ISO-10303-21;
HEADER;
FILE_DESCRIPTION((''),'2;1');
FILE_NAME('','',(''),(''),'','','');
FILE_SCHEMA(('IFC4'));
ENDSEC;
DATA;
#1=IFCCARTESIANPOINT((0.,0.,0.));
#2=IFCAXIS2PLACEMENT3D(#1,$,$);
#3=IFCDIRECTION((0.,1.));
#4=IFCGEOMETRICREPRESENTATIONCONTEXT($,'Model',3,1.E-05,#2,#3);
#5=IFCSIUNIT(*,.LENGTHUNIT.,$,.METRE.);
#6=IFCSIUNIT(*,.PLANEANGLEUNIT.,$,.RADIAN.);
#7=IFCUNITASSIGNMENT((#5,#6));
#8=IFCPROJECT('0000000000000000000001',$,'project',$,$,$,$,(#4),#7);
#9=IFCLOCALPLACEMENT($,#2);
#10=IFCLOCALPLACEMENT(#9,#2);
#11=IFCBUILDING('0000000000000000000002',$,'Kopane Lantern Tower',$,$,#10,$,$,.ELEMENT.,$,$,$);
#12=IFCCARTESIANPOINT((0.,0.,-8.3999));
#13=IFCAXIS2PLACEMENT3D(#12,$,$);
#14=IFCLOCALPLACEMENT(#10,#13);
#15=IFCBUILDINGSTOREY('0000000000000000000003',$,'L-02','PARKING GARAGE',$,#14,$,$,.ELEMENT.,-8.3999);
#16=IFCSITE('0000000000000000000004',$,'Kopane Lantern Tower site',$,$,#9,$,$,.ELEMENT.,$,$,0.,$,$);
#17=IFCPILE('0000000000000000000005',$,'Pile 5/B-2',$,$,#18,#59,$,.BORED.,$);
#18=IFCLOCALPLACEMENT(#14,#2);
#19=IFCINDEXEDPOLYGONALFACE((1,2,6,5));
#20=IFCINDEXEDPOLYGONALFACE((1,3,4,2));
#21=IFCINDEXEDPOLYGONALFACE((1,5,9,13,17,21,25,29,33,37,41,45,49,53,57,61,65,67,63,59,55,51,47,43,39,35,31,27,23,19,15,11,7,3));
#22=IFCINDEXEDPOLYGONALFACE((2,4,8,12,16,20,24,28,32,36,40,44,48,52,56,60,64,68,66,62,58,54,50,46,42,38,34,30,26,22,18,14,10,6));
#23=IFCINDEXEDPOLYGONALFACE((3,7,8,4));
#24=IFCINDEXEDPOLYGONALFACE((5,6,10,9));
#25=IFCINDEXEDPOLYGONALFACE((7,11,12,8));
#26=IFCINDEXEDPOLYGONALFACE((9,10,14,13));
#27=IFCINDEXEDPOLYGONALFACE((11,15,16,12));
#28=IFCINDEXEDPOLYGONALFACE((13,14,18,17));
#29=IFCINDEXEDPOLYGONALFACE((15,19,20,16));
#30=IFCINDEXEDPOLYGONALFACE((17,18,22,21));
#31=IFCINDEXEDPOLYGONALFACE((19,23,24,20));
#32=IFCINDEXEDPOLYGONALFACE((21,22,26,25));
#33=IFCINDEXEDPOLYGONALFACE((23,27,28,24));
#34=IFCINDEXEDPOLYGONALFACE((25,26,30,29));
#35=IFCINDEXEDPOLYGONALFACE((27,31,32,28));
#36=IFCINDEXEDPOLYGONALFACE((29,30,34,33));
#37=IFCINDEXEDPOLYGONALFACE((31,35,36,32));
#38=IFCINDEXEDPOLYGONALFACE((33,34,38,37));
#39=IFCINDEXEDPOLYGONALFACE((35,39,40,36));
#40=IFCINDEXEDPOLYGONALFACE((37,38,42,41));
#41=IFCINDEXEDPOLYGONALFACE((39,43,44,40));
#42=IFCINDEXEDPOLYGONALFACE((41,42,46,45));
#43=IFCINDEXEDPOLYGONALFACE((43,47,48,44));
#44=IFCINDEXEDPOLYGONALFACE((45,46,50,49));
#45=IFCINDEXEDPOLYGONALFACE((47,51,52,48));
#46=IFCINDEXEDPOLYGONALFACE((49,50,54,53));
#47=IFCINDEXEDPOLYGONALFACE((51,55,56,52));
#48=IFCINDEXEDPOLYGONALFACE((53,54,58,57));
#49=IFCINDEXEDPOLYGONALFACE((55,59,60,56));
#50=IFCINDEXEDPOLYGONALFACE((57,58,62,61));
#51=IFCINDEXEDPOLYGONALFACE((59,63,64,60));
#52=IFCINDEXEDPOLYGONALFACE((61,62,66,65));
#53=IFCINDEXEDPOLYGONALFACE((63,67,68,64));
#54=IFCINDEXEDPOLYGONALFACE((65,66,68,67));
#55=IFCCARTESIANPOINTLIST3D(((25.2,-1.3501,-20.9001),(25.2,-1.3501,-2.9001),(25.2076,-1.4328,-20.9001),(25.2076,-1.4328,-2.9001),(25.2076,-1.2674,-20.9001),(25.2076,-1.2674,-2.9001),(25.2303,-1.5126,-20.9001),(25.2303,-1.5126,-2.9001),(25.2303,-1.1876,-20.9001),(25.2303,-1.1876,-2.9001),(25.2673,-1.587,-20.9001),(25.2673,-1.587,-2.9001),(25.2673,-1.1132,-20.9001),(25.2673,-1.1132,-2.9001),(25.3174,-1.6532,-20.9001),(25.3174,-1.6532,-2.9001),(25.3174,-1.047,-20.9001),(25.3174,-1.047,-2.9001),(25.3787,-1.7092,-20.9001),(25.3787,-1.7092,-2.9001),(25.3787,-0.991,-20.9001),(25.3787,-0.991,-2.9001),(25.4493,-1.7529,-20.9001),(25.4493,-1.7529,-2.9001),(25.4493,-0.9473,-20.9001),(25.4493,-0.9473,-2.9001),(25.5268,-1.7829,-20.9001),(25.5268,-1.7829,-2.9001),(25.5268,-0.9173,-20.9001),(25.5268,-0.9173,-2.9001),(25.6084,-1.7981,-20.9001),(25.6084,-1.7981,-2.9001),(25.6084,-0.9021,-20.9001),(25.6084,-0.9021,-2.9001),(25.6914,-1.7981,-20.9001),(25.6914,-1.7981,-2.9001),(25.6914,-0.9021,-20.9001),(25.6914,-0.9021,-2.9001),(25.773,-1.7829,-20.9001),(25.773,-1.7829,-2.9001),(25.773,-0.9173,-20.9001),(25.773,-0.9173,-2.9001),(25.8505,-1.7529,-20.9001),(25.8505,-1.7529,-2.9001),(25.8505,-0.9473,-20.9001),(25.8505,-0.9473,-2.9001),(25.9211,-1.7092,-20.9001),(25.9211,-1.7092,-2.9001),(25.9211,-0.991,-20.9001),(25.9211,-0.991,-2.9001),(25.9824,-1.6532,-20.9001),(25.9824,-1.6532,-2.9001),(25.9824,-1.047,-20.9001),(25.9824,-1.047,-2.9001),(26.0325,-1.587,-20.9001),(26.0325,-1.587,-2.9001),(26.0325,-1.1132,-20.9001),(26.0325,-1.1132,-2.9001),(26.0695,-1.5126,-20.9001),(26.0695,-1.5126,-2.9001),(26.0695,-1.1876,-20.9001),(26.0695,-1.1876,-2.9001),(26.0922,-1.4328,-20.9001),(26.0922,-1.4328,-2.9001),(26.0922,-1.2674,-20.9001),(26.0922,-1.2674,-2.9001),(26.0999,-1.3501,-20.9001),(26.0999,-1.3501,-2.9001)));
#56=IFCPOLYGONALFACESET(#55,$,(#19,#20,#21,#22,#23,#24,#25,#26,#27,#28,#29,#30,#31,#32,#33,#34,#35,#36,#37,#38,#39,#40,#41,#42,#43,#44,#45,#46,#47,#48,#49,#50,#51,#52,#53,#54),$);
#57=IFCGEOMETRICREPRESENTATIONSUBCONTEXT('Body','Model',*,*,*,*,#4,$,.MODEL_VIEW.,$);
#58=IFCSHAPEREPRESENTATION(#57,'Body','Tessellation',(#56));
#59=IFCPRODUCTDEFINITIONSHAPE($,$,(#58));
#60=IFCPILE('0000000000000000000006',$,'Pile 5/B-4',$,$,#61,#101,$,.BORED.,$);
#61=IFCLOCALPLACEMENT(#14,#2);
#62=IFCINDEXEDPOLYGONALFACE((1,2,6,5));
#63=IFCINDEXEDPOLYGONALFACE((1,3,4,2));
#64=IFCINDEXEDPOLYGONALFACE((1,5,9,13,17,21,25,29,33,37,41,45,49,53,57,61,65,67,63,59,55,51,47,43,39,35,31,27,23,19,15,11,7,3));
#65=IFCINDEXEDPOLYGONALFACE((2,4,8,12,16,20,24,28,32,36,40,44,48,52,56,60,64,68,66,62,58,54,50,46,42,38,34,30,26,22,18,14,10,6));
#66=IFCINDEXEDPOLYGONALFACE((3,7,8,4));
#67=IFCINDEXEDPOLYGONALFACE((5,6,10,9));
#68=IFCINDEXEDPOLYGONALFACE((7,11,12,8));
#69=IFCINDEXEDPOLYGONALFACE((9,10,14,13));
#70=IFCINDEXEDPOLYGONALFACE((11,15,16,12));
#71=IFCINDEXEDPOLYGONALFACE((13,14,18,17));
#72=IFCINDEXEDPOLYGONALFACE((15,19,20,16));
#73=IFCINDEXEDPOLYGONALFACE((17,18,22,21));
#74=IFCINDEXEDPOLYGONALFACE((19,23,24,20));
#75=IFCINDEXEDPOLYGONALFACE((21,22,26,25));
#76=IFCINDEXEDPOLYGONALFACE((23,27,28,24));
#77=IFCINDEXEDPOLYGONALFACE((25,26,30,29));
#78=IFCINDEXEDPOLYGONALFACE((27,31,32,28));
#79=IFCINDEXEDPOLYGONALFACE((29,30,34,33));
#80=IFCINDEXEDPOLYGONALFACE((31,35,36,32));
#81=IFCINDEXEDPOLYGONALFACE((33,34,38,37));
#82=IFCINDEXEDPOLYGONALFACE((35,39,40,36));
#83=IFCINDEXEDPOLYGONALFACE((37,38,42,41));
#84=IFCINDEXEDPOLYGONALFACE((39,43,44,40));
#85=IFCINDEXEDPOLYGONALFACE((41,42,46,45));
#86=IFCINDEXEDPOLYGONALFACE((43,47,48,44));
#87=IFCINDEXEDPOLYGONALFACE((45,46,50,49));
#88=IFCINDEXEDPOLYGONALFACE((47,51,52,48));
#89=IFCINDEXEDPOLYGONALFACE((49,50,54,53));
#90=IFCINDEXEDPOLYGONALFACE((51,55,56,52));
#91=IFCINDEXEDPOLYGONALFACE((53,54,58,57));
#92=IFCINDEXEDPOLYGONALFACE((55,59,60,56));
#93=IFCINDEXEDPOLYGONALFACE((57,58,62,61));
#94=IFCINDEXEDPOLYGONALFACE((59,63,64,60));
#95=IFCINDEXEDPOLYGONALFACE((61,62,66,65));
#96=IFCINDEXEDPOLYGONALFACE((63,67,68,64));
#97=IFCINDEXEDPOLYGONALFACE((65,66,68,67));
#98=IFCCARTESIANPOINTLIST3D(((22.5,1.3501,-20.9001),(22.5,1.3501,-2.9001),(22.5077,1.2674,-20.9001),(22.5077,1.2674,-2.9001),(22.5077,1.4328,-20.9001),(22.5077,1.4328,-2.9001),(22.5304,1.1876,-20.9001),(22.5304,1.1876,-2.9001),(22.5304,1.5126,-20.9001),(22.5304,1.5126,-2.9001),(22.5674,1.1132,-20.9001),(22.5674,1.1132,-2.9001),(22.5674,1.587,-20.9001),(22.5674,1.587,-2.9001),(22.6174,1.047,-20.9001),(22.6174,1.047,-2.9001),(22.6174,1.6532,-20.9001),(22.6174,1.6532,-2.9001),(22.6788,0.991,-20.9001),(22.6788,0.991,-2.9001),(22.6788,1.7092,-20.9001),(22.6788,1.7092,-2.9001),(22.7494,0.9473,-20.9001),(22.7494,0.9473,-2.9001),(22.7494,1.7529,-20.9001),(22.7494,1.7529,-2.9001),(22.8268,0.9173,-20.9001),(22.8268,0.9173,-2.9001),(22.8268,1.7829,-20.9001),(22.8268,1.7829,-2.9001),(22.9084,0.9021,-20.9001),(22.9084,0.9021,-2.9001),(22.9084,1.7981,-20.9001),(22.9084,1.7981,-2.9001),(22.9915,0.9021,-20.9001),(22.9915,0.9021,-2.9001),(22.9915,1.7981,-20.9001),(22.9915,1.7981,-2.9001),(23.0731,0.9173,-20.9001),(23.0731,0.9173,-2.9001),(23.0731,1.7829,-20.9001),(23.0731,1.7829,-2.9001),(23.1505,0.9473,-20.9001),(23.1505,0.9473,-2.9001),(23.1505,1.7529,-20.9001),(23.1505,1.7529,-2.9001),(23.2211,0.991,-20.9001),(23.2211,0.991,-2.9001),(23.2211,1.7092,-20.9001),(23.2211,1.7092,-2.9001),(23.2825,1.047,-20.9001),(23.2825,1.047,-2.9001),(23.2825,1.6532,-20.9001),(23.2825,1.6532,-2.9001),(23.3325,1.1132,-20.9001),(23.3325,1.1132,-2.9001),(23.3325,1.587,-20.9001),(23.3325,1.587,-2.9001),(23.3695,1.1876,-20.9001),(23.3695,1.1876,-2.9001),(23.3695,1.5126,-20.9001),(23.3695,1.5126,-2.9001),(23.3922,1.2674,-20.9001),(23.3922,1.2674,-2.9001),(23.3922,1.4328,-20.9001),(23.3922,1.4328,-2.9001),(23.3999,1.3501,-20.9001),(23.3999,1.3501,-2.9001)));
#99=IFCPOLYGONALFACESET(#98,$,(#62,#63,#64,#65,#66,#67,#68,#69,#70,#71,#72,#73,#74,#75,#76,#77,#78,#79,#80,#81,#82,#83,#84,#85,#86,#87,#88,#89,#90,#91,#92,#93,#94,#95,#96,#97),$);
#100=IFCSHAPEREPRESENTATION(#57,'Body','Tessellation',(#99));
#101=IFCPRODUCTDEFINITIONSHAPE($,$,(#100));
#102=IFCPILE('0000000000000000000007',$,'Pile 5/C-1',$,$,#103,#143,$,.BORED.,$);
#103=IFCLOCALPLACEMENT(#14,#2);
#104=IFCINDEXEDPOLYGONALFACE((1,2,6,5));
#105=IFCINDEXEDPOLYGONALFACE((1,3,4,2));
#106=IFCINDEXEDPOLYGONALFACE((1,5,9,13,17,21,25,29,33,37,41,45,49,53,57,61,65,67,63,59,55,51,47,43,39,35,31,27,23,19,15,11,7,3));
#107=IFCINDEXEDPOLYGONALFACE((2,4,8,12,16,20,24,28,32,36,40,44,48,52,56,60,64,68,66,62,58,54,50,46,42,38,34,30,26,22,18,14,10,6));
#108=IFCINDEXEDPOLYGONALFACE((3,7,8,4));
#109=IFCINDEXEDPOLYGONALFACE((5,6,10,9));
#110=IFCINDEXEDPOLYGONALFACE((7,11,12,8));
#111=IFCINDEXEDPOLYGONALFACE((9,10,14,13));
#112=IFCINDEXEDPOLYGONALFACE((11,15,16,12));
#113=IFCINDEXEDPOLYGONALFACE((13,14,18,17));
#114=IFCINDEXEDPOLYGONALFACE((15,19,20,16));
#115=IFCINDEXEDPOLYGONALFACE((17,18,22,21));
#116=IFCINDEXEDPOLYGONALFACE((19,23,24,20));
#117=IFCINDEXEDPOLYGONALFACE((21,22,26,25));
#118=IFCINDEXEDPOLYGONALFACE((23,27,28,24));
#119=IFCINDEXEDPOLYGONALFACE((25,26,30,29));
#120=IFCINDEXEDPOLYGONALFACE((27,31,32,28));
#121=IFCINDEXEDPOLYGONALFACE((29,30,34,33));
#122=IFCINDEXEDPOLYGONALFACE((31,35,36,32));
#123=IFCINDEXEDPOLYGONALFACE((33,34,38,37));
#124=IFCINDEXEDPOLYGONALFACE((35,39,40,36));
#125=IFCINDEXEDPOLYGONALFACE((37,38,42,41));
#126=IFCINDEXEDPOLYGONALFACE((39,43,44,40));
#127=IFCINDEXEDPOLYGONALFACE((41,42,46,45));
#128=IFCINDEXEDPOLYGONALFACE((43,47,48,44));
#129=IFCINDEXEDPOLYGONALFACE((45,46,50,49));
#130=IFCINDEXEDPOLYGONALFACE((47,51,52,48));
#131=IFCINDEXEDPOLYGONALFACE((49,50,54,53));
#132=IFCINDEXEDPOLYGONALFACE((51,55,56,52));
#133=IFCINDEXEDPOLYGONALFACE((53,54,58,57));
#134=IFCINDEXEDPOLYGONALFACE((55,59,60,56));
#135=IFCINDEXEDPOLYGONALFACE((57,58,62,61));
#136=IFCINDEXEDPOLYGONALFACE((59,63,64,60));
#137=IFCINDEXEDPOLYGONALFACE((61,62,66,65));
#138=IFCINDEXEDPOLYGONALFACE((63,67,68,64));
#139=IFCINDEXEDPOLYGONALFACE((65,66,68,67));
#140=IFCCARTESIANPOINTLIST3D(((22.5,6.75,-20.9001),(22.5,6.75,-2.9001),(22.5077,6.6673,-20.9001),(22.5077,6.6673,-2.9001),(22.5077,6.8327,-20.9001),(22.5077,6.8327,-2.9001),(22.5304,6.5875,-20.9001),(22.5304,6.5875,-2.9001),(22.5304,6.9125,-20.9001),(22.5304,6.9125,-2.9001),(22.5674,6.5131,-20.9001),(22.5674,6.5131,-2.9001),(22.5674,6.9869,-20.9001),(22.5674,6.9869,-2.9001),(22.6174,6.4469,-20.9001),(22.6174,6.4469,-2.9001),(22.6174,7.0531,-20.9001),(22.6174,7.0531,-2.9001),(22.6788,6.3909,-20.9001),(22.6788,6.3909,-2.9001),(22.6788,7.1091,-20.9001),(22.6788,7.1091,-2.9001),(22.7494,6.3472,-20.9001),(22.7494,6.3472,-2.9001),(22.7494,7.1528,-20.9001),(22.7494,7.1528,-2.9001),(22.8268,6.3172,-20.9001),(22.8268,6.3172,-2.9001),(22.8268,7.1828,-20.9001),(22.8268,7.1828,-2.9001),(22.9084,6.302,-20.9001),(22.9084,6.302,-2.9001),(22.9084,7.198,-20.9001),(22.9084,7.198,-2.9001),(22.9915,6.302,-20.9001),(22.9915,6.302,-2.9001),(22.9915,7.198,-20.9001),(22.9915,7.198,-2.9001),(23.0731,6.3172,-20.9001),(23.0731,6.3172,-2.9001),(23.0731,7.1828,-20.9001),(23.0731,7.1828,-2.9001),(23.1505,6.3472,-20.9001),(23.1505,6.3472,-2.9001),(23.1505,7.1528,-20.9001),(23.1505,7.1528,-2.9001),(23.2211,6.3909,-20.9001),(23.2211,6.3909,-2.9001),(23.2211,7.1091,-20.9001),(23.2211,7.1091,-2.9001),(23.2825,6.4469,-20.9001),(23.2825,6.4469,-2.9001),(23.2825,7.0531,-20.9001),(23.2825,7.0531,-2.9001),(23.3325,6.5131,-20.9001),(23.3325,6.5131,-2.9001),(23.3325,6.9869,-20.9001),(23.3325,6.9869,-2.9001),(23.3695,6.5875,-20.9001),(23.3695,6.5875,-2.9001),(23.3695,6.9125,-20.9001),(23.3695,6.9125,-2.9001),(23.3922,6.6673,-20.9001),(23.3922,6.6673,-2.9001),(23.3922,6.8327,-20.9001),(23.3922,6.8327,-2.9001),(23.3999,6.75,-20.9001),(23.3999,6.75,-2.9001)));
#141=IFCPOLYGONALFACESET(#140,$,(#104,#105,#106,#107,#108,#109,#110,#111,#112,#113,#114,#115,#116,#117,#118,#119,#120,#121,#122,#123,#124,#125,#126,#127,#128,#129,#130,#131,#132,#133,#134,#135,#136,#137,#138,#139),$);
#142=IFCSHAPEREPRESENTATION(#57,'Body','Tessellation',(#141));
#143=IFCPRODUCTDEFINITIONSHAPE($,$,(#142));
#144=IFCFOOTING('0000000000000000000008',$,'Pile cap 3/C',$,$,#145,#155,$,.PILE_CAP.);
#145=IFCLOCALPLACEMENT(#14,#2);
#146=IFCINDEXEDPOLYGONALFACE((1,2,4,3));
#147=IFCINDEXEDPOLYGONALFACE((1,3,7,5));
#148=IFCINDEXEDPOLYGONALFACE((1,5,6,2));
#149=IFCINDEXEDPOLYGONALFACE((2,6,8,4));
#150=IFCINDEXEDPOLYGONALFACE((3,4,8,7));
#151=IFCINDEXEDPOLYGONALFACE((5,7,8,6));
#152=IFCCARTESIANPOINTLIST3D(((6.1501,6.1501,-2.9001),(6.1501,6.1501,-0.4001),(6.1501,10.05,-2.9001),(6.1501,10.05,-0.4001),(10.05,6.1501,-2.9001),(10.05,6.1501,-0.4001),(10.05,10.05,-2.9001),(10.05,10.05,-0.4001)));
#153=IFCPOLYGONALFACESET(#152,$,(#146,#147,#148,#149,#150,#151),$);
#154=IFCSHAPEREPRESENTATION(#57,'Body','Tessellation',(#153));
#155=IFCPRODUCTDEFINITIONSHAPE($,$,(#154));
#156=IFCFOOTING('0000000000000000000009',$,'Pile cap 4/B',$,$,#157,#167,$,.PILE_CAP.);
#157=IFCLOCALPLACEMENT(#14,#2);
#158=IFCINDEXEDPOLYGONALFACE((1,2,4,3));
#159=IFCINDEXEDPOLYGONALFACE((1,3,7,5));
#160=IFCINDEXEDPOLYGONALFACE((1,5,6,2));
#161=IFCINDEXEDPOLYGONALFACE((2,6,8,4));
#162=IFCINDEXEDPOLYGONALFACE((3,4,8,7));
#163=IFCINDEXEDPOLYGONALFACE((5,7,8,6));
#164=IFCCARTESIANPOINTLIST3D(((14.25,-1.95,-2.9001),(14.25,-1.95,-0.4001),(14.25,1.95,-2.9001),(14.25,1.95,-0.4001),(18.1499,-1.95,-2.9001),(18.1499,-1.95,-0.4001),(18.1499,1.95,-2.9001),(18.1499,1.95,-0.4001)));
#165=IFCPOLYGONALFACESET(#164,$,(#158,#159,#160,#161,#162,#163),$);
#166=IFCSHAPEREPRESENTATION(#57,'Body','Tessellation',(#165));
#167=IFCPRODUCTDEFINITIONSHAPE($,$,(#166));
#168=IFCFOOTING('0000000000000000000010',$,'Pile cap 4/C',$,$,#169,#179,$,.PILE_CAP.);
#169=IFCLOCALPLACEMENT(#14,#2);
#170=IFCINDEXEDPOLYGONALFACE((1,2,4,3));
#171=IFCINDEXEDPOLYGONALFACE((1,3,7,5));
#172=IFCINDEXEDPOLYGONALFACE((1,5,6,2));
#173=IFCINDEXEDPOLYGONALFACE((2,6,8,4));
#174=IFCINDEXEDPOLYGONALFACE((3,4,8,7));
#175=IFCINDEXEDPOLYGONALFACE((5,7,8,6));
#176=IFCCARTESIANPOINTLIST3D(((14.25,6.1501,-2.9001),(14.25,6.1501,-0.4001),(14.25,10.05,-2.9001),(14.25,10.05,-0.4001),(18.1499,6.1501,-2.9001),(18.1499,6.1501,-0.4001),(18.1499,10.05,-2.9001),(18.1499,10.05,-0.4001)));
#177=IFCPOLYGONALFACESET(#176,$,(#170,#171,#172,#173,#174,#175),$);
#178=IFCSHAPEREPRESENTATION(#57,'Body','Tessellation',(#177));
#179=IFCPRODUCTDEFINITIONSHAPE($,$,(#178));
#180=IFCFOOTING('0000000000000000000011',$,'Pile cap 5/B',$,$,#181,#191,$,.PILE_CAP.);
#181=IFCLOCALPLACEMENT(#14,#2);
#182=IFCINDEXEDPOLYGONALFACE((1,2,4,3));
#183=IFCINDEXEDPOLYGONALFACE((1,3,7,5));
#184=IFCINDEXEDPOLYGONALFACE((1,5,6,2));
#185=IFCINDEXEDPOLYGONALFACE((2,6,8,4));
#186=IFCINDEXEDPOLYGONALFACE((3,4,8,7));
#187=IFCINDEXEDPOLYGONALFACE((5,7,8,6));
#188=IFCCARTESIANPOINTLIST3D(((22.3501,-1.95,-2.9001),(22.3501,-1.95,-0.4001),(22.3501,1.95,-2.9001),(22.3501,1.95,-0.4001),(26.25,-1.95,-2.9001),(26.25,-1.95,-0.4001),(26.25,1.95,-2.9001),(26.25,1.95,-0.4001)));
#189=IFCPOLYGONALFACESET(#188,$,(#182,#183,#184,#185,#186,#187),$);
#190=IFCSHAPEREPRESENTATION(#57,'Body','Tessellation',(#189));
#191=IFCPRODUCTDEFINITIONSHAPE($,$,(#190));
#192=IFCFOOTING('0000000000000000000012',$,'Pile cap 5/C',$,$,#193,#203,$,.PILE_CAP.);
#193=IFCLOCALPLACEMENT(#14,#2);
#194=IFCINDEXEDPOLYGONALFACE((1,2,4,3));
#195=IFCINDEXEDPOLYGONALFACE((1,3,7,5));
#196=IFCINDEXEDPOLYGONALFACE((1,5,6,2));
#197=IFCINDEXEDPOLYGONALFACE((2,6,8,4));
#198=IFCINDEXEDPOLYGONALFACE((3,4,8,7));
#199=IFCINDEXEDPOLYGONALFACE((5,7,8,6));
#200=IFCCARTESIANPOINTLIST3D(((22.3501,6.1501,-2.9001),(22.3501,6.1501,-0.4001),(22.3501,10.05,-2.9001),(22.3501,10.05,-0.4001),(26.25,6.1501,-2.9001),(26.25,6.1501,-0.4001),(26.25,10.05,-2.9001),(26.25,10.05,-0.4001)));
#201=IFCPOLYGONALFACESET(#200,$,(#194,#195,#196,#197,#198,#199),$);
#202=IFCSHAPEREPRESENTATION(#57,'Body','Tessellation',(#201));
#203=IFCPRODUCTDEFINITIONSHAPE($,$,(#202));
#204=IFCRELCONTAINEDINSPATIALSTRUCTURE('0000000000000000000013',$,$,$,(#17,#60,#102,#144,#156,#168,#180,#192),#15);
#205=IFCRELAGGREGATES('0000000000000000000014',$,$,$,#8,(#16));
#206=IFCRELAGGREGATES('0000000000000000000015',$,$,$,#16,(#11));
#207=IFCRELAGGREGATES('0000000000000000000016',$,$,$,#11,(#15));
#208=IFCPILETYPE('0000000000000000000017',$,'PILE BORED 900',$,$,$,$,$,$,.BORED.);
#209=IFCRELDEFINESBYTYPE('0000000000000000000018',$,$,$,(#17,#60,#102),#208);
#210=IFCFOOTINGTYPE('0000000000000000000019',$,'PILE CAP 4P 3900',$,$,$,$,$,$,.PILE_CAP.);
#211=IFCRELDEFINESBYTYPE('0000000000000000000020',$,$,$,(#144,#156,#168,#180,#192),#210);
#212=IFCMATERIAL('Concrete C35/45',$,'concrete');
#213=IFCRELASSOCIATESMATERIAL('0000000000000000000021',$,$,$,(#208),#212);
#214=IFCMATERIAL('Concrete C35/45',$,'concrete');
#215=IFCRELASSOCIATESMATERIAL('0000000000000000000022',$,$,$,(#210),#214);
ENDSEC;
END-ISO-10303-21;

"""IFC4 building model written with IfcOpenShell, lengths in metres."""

from ifc_helpers import new_model, si_unit, direction, frame, origin, origin_2d, place, context, subcontext, project, spatial, rectangle, circle, extrude, material, material_profile, profile_set, type_object, element, save


model = new_model("IFC4")

# Units and contexts
model_context = context("Model", 3, precision=1e-05, world=origin(), true_north=direction((0.0, 1.0)))
body_context = subcontext(model_context, "Body", "Model", "MODEL_VIEW")
ifc_project = project(units=[si_unit("LENGTHUNIT", "METRE"), si_unit("PLANEANGLEUNIT", "RADIAN")], contexts=[model_context])

# Site, building, storey
site_placement = place(None, origin())
site = spatial("IfcSite", under=ifc_project, at=site_placement, Name="Kopane Lantern Tower site", CompositionType="ELEMENT", RefElevation=0.0)
building_placement = place(site_placement, origin())
building = spatial("IfcBuilding", under=site, at=building_placement, Name="Kopane Lantern Tower", CompositionType="ELEMENT")
storey_placement = place(building_placement, frame((0.0, 0.0, -8.3999)))
storey = spatial("IfcBuildingStorey", under=building, at=storey_placement, Name="L-02", Description="PARKING GARAGE", CompositionType="ELEMENT", Elevation=-8.3999)

# Piles
ifc_material_1 = material(Name="Concrete C35/45", Category="concrete")
ifc_material_profile_1 = material_profile(ifc_material_1, circle(Radius=0.45, at=origin_2d()), Name="D900")
ifc_profile_set_1 = profile_set([ifc_material_profile_1], Name="Concrete C35/45")
pile_type = type_object("IfcPileType", Name="PILE BORED 900", PredefinedType="BORED", material=ifc_profile_set_1)
for number, where, z_axis, x_axis, name in (
    (1, (25.6499, -1.3501, -2.9001), (0.0, 0.0, -1.0), (1.0, 0.0, 0.0), "Pile 5/B-2"),
    (2, (22.95, 1.3501, -2.9001), (0.0, 0.0, -1.0), (1.0, 0.0, 0.0), "Pile 5/B-4"),
    (3, (22.95, 6.75, -2.9001), (0.0, 0.0, -1.0), (1.0, 0.0, 0.0), "Pile 5/C-1"),
):
    element("IfcPile", number, at=place(storey_placement, frame(where, z_axis=z_axis, x_axis=x_axis)), inside=storey, type_object=pile_type, Name=name, PredefinedType="BORED", context=body_context, shape_type="SweptSolid", body=[
        extrude(circle(Radius=0.45, at=origin_2d()), origin(), (0.0, 0.0, 1.0), 18.0),
    ])

# Footings
ifc_material_2 = material(Name="Concrete C35/45", Category="concrete")
footing_type_1 = type_object("IfcFootingType", Name="PILE CAP 4P 3900", PredefinedType="PILE_CAP", material=ifc_material_2)
for number, where, z_axis, x_axis, name in (
    (4, (8.1001, 8.1001, -2.9001), (0.0, 0.0, 1.0), (1.0, 0.0, 0.0), "Pile cap 3/C"),
    (5, (16.2, 0.0, -2.9001), (0.0, 0.0, 1.0), (1.0, 0.0, 0.0), "Pile cap 4/B"),
    (6, (16.2, 8.1001, -2.9001), (0.0, 0.0, 1.0), (1.0, 0.0, 0.0), "Pile cap 4/C"),
    (7, (24.3, 0.0, -2.9001), (0.0, 0.0, 1.0), (1.0, 0.0, 0.0), "Pile cap 5/B"),
    (8, (24.3, 8.1001, -2.9001), (0.0, 0.0, 1.0), (1.0, 0.0, 0.0), "Pile cap 5/C"),
):
    element("IfcFooting", number, at=place(storey_placement, frame(where, z_axis=z_axis, x_axis=x_axis)), inside=storey, type_object=footing_type_1, Name=name, PredefinedType="PILE_CAP", context=body_context, shape_type="SweptSolid", body=[
        extrude(rectangle(XDim=3.8999, YDim=3.8999, at=origin_2d()), origin(), (0.0, 0.0, 1.0), 2.5),
    ])

save(model, "model.ifc")
